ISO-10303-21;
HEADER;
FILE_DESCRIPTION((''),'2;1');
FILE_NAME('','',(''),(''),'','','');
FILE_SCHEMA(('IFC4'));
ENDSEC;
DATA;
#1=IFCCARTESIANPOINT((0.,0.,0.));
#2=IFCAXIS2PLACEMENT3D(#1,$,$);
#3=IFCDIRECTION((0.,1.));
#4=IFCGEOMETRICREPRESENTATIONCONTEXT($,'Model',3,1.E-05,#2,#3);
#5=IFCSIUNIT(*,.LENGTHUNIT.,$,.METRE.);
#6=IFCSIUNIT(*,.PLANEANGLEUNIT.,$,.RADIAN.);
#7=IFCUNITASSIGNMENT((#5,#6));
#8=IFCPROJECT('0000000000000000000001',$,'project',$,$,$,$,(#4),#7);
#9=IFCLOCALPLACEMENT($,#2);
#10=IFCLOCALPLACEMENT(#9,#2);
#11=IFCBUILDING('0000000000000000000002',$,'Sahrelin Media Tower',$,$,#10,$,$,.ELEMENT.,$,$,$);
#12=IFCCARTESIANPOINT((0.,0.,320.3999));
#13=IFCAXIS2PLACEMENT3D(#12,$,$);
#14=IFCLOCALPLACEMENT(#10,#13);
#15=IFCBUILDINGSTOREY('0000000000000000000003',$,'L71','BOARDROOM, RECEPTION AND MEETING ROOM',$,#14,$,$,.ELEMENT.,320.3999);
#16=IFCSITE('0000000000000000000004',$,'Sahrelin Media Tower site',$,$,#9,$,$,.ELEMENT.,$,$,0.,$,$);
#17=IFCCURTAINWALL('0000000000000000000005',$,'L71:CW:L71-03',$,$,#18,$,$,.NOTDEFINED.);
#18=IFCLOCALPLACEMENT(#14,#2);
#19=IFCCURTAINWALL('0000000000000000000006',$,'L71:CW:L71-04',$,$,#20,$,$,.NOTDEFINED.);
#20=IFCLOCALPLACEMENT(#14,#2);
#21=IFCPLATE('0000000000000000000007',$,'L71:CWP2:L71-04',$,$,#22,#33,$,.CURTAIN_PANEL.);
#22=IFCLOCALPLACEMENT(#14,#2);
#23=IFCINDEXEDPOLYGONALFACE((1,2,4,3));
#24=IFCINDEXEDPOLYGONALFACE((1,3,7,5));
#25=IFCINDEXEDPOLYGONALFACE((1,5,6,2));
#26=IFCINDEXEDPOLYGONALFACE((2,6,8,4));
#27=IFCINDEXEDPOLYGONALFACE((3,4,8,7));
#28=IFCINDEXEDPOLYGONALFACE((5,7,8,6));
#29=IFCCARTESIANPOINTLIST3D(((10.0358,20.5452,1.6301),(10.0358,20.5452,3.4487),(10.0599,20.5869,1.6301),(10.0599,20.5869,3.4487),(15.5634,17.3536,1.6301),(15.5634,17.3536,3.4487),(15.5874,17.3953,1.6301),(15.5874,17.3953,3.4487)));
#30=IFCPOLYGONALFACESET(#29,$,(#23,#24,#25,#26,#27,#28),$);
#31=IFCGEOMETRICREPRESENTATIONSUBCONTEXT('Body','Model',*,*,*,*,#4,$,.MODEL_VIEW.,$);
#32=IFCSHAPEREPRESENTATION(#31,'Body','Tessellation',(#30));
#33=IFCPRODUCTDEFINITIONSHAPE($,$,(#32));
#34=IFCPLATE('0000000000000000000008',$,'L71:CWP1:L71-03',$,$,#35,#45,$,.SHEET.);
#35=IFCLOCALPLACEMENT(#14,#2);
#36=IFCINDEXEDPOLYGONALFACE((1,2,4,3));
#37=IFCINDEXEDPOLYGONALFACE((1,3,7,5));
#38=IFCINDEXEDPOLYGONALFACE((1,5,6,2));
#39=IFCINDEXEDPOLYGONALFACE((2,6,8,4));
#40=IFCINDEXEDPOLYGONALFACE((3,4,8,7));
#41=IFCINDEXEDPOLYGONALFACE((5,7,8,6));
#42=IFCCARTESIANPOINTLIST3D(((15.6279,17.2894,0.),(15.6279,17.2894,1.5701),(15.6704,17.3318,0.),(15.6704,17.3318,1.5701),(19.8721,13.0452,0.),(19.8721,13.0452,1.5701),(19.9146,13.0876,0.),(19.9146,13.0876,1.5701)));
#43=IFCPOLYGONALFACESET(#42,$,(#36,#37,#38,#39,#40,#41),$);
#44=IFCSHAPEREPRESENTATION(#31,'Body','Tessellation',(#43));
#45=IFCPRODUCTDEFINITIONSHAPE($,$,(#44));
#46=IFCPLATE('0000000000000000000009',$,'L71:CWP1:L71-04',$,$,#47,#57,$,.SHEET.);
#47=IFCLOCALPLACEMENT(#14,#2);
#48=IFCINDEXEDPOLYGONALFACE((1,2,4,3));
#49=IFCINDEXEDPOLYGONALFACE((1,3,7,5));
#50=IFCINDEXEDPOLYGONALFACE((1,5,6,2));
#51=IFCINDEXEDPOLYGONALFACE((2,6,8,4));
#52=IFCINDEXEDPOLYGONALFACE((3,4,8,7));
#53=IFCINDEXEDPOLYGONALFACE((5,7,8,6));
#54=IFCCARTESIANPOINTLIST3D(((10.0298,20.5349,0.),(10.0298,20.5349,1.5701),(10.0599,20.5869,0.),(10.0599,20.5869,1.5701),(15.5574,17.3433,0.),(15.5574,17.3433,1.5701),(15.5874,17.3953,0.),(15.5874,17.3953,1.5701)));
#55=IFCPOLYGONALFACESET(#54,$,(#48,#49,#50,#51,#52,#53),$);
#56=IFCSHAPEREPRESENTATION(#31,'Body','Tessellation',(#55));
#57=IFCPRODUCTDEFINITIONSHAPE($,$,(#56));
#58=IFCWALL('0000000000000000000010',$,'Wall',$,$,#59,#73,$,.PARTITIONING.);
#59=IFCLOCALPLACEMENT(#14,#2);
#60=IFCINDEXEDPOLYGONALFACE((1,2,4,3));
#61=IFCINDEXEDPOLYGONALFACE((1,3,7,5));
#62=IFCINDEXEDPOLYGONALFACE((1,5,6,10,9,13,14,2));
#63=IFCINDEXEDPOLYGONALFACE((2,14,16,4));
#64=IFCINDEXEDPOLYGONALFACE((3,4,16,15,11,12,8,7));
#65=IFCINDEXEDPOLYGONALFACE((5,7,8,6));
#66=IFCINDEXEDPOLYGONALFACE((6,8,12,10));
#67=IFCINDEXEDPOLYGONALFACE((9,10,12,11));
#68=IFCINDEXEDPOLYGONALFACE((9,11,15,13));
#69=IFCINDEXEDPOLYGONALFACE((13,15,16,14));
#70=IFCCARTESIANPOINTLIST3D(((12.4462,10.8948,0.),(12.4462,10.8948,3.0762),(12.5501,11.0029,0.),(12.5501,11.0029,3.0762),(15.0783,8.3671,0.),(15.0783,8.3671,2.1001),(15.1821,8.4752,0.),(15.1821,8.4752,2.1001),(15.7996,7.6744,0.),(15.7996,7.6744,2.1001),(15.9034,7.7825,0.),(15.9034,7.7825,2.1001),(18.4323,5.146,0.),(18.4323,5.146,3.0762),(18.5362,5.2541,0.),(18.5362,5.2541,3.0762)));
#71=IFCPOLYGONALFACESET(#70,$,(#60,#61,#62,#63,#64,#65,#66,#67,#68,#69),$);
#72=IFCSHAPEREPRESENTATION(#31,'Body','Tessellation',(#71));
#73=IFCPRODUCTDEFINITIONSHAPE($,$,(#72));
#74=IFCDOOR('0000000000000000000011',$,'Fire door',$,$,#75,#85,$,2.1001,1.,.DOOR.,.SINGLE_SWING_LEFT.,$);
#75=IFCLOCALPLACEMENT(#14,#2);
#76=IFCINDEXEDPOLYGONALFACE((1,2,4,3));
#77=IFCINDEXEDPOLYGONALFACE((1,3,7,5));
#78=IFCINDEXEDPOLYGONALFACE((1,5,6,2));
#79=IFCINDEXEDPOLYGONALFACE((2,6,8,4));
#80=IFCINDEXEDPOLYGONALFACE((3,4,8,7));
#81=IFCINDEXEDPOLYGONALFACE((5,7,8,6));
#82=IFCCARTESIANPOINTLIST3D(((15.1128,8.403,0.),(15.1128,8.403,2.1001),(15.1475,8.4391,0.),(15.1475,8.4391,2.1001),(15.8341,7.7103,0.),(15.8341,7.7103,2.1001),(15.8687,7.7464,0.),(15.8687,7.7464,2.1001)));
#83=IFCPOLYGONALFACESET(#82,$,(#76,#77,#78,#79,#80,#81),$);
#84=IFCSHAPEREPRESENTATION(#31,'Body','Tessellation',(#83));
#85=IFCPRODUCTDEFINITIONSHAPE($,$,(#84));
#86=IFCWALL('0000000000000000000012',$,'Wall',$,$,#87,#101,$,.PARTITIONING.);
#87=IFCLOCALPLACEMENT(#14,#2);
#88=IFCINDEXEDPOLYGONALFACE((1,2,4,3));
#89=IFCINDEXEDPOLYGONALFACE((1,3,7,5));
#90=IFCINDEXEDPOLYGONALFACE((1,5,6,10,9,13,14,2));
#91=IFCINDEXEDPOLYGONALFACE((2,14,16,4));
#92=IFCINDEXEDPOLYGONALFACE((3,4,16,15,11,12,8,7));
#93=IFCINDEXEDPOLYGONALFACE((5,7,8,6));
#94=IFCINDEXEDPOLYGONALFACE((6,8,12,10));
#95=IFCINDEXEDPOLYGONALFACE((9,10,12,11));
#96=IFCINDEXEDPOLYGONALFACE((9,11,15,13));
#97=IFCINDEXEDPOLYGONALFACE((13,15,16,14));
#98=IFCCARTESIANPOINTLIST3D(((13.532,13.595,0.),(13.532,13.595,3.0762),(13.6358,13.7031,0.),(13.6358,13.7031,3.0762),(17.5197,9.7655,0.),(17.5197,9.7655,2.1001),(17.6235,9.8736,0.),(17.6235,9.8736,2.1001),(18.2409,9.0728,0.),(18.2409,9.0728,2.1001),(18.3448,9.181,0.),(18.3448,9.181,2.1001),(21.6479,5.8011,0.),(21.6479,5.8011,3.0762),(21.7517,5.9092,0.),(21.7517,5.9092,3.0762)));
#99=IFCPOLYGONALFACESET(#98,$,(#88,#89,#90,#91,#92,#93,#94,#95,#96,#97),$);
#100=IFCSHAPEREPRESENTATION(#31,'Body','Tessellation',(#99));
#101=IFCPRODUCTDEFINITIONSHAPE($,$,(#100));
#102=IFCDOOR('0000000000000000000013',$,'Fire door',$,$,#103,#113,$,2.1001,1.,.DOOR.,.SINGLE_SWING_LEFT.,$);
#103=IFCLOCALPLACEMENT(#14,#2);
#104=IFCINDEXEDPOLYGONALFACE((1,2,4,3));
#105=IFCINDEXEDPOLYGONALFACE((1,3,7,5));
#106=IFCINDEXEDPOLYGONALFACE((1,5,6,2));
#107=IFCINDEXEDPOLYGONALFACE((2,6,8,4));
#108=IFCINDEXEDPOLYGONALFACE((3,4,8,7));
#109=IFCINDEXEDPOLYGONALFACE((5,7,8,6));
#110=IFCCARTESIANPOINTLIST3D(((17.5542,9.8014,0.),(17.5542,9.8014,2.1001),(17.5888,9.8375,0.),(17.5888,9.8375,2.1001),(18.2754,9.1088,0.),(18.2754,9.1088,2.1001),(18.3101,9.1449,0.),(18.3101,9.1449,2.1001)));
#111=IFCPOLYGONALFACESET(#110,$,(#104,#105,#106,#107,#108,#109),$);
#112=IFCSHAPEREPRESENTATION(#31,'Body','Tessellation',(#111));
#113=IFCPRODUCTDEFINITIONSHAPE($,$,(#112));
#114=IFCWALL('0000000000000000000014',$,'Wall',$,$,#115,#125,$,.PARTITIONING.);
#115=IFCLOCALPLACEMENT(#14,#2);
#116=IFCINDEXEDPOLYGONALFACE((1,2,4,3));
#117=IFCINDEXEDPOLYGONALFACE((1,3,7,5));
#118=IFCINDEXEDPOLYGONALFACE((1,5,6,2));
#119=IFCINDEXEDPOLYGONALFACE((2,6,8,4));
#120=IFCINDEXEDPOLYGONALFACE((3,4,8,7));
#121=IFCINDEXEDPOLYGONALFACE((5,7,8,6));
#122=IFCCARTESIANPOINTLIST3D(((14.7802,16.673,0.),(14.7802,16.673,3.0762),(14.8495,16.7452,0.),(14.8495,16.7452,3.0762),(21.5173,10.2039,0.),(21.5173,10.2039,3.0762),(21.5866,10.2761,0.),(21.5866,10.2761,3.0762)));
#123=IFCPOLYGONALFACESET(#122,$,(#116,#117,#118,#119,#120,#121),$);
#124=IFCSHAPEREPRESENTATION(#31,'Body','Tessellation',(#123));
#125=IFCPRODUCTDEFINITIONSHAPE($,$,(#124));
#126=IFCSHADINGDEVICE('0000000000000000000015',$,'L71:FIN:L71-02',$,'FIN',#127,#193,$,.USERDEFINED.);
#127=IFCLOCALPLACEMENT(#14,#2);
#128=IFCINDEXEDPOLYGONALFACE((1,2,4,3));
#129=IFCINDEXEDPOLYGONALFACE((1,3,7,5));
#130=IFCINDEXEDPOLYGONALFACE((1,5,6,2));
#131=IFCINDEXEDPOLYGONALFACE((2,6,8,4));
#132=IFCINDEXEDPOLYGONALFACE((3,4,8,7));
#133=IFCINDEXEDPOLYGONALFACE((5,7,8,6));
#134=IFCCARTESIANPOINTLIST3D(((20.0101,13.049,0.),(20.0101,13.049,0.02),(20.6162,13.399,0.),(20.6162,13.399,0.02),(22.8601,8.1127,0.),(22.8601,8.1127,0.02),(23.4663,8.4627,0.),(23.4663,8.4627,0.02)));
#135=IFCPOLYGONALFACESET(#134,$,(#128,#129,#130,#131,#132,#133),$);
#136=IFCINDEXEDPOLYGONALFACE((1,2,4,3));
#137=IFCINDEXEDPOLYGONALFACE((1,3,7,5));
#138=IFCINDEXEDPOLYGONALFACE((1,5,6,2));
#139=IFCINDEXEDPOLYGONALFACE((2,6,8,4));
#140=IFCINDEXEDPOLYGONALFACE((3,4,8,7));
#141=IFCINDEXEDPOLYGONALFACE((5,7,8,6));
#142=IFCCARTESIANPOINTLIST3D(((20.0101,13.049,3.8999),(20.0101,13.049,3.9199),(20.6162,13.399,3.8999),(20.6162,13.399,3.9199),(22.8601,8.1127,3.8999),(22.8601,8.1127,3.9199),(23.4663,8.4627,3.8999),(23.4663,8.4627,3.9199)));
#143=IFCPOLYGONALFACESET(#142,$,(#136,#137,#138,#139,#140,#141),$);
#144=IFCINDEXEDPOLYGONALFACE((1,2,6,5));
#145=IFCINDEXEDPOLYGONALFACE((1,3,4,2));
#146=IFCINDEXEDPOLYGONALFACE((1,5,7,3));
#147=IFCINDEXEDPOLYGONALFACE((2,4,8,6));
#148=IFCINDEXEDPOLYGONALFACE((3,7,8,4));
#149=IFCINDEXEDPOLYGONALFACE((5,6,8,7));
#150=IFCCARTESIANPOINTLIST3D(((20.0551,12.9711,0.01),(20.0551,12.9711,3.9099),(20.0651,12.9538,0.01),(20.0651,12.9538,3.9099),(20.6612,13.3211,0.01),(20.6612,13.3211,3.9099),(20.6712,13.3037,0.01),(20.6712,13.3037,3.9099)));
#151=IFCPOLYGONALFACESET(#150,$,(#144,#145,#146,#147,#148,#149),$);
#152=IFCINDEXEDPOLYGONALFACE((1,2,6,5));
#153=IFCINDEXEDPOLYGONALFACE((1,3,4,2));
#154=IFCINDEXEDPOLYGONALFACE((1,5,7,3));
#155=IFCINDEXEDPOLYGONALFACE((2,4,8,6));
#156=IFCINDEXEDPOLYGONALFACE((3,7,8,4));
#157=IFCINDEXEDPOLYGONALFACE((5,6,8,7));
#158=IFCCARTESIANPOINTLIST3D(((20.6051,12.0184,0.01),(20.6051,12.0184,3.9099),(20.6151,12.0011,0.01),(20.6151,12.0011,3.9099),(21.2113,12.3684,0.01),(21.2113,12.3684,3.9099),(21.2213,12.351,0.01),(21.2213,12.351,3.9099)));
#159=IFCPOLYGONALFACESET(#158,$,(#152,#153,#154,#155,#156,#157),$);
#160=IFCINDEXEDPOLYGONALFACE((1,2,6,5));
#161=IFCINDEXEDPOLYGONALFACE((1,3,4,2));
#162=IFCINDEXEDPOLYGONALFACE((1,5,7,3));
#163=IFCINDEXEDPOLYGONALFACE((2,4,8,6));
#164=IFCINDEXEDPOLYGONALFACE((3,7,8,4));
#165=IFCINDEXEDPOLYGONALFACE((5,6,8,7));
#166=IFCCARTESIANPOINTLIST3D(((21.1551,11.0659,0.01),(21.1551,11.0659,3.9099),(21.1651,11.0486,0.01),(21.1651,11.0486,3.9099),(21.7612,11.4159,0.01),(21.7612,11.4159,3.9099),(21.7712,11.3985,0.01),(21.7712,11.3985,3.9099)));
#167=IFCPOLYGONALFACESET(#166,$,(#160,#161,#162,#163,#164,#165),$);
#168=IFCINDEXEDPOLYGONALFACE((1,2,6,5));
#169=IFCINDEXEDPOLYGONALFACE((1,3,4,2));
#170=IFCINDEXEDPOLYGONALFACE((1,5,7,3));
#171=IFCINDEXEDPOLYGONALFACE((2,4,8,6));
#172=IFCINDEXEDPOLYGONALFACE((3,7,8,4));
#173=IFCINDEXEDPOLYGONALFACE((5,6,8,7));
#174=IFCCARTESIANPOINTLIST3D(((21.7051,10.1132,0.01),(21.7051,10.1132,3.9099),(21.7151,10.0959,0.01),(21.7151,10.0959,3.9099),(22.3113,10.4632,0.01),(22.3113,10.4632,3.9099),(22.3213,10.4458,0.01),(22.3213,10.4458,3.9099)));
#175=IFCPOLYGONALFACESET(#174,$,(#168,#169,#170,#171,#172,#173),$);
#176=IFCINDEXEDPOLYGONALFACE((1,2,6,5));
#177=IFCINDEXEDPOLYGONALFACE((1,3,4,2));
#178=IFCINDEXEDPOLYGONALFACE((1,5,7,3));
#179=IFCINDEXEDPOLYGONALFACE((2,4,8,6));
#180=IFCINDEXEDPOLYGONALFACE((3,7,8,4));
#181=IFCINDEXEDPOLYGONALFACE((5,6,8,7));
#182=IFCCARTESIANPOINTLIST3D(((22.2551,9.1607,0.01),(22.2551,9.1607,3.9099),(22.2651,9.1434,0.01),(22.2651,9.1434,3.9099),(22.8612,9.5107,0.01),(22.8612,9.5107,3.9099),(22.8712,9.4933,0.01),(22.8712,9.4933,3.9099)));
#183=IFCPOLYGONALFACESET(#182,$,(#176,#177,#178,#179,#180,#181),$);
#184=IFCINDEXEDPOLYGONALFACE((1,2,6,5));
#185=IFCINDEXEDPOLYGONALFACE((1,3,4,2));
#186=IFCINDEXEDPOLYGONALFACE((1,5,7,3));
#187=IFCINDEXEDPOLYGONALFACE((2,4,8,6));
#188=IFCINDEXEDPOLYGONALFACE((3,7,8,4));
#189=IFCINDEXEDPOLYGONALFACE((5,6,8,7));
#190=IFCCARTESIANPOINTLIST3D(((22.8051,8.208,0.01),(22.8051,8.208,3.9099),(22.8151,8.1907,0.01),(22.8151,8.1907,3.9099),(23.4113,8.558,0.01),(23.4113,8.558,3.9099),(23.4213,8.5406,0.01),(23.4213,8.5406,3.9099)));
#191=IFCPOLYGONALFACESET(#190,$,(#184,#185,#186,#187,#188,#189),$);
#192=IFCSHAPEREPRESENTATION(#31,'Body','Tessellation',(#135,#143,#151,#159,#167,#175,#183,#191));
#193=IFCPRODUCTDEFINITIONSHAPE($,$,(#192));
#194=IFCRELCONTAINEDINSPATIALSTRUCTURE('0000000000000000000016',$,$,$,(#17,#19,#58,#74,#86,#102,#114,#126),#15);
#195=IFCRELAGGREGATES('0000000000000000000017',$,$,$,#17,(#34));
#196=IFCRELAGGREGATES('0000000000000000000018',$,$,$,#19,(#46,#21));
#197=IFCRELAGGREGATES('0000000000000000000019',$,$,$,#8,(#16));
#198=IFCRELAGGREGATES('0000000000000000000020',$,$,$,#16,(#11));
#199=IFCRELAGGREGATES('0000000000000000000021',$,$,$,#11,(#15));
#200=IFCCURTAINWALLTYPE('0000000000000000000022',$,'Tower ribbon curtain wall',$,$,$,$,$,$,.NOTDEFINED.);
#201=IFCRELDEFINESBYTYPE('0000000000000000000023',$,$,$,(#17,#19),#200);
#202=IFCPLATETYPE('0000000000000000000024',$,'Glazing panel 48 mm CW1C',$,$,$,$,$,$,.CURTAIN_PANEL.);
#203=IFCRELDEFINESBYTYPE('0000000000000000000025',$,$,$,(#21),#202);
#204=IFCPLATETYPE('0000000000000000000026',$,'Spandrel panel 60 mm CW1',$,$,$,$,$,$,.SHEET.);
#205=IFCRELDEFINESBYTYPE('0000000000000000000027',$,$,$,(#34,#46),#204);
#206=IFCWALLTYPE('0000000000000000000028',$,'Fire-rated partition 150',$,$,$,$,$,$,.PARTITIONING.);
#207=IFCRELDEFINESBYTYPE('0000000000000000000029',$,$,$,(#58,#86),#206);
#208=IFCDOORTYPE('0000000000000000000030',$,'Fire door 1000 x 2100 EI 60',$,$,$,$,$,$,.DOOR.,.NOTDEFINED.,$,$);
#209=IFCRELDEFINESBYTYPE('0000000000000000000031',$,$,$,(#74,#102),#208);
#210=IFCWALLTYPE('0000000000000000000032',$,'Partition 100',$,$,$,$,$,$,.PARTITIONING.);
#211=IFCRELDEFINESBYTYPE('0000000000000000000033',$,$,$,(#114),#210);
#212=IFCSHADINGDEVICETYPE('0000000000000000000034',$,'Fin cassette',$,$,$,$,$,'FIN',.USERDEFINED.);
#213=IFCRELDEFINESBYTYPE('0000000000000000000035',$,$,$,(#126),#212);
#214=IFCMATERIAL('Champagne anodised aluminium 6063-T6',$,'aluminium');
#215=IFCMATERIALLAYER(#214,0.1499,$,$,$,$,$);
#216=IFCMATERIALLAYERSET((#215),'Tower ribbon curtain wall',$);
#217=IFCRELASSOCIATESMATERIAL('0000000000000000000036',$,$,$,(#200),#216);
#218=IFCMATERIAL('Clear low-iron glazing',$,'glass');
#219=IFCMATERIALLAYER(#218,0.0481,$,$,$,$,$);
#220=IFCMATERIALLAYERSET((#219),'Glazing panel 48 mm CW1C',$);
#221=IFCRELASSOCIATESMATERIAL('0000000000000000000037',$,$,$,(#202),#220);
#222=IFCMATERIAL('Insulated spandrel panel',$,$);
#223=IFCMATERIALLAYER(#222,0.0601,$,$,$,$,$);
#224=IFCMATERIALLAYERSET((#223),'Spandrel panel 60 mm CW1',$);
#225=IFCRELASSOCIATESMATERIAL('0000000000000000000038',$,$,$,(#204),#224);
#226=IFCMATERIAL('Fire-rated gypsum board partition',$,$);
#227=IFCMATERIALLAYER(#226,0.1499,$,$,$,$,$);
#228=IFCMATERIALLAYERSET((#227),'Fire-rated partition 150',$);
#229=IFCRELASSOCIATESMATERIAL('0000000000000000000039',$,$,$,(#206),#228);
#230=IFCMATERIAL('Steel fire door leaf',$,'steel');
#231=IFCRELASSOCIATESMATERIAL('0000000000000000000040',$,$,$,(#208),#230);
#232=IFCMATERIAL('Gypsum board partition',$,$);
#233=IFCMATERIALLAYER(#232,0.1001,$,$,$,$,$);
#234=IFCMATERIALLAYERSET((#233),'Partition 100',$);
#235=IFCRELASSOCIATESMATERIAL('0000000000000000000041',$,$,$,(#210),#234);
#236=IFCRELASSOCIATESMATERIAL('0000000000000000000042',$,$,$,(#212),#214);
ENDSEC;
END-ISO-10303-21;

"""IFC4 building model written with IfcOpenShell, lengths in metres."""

from ifc_helpers import new_model, si_unit, direction, frame, frame_2d, origin, origin_2d, place, context, subcontext, project, spatial, polyline, rectangle, outline, extrude, material, layer, layer_set, type_object, element, fill, aggregate, save


model = new_model("IFC4")

# Units and contexts
model_context = context("Model", 3, precision=1e-05, world=origin(), true_north=direction((0.0, 1.0)))
body_context = subcontext(model_context, "Body", "Model", "MODEL_VIEW")
ifc_project = project(units=[si_unit("LENGTHUNIT", "METRE"), si_unit("PLANEANGLEUNIT", "RADIAN")], contexts=[model_context])

# Site, building, storey
site_placement = place(None, origin())
site = spatial("IfcSite", under=ifc_project, at=site_placement, Name="Sahrelin Media Tower site", CompositionType="ELEMENT", RefElevation=0.0)
building_placement = place(site_placement, origin())
building = spatial("IfcBuilding", under=site, at=building_placement, Name="Sahrelin Media Tower", CompositionType="ELEMENT")
storey_placement = place(building_placement, frame((0.0, 0.0, 320.3999)))
storey = spatial("IfcBuildingStorey", under=building, at=storey_placement, Name="L71", Description="BOARDROOM, RECEPTION AND MEETING ROOM", CompositionType="ELEMENT", Elevation=320.3999)

# Curtain walls
ifc_material_1 = material(Name="Champagne anodised aluminium 6063-T6", Category="aluminium")
ifc_layer_1 = layer(ifc_material_1, 0.1499)
ifc_layer_set_1 = layer_set([ifc_layer_1], Name="Tower ribbon curtain wall")
curtain_wall_type = type_object("IfcCurtainWallType", Name="Tower ribbon curtain wall", PredefinedType="NOTDEFINED", material=ifc_layer_set_1)
curtain_wall_1_placement = place(storey_placement, frame((17.7783, 15.1956, 0.0), z_axis=(0.0, 0.0, 1.0), x_axis=(1.0, 0.0, 0.0)))
curtain_wall_1 = element("IfcCurtainWall", 1, at=curtain_wall_1_placement, inside=storey, type_object=curtain_wall_type, Name="L71:CW:L71-03", PredefinedType="NOTDEFINED")
curtain_wall_2_placement = place(storey_placement, frame((12.8137, 18.9739, 0.0), z_axis=(0.0, 0.0, 1.0), x_axis=(1.0, 0.0, 0.0)))
curtain_wall_2 = element("IfcCurtainWall", 2, at=curtain_wall_2_placement, inside=storey, type_object=curtain_wall_type, Name="L71:CW:L71-04", PredefinedType="NOTDEFINED")

# Plates
ifc_material_2 = material(Name="Clear low-iron glazing", Category="glass")
ifc_layer_2 = layer(ifc_material_2, 0.0481)
ifc_layer_set_2 = layer_set([ifc_layer_2], Name="Glazing panel 48 mm CW1C")
plate_type_1 = type_object("IfcPlateType", Name="Glazing panel 48 mm CW1C", PredefinedType="CURTAIN_PANEL", material=ifc_layer_set_2)
plate_1_placement = place(storey_placement, frame((15.5874, 17.3953, 1.6301), z_axis=(0.500035, 0.866005, 0.0), x_axis=(-0.866005, 0.500035, 0.0)))
plate_1 = element("IfcPlate", 3, at=plate_1_placement, type_object=plate_type_1, Name="L71:CWP2:L71-04", PredefinedType="CURTAIN_PANEL", context=body_context, shape_type="SweptSolid", body=[
    extrude(outline(polyline([(0.0, 0.0), (6.3828, 0.0), (6.3828, 1.8186), (0.0, 1.8186), (0.0, 0.0)])), origin(), (0.0, 0.0, -1.0), 0.0481),
])
ifc_material_3 = material(Name="Insulated spandrel panel")
ifc_layer_3 = layer(ifc_material_3, 0.0601)
ifc_layer_set_3 = layer_set([ifc_layer_3], Name="Spandrel panel 60 mm CW1")
plate_type_2 = type_object("IfcPlateType", Name="Spandrel panel 60 mm CW1", PredefinedType="SHEET", material=ifc_layer_set_3)
plate_2_placement = place(storey_placement, frame((19.9146, 13.0876, 0.0), z_axis=(0.707107, 0.707107, 0.0), x_axis=(-0.707107, 0.707107, 0.0)))
plate_2 = element("IfcPlate", 4, at=plate_2_placement, type_object=plate_type_2, Name="L71:CWP1:L71-03", PredefinedType="SHEET", context=body_context, shape_type="SweptSolid", body=[
    extrude(outline(polyline([(0.0, 0.0), (6.0022, 0.0), (6.0022, 1.5701), (0.0, 1.5701), (0.0, 0.0)])), origin(), (0.0, 0.0, -1.0), 0.0601),
])
aggregate(curtain_wall_1, [plate_2])
plate_3_placement = place(storey_placement, frame((15.5874, 17.3953, 0.0), z_axis=(0.500035, 0.866005, 0.0), x_axis=(-0.866005, 0.500035, 0.0)))
plate_3 = element("IfcPlate", 5, at=plate_3_placement, type_object=plate_type_2, Name="L71:CWP1:L71-04", PredefinedType="SHEET", context=body_context, shape_type="SweptSolid", body=[
    extrude(outline(polyline([(0.0, 0.0), (6.3828, 0.0), (6.3828, 1.5701), (0.0, 1.5701), (0.0, 0.0)])), origin(), (0.0, 0.0, -1.0), 0.0601),
])
aggregate(curtain_wall_2, [plate_3, plate_1])

# Walls, openings, doors
ifc_material_4 = material(Name="Fire-rated gypsum board partition")
ifc_layer_4 = layer(ifc_material_4, 0.1499)
ifc_layer_set_4 = layer_set([ifc_layer_4], Name="Fire-rated partition 150")
wall_type_1 = type_object("IfcWallType", Name="Fire-rated partition 150", PredefinedType="PARTITIONING", material=ifc_layer_set_4)
wall_1_placement = place(storey_placement, frame((12.498, 10.949, 0.0), z_axis=(0.0, 0.0, 1.0), x_axis=(0.721259, -0.692666, 0.0)))
wall_1 = element("IfcWall", 6, at=wall_1_placement, inside=storey, type_object=wall_type_1, Name="Wall", PredefinedType="PARTITIONING", context=body_context, shape_type="SweptSolid", body=[
    extrude(rectangle(XDim=8.2996, YDim=0.1499, at=frame_2d((4.1499, 0.0))), origin(), (0.0, 0.0, 1.0), 3.0762),
])
opening_1_placement = place(wall_1_placement, frame((3.6494, 0.0, 0.0)))
opening_1 = element("IfcOpeningElement", 7, at=opening_1_placement, cuts=wall_1, PredefinedType="OPENING", context=body_context, shape_type="SweptSolid", body=[
    extrude(rectangle(XDim=1.0, YDim=2.1001, at=frame_2d((0.5, 1.05))), frame((0.0, 0.075, 0.0), z_axis=(0.0, -1.0, 0.0), x_axis=(1.0, 0.0, 0.0)), (0.0, 0.0, 1.0), 0.1499),
])
ifc_material_5 = material(Name="Steel fire door leaf", Category="steel")
door_type = type_object("IfcDoorType", Name="Fire door 1000 x 2100 EI 60", OperationType="NOTDEFINED", PredefinedType="DOOR", material=ifc_material_5)
door_1_placement = place(opening_1_placement, origin())
door_1 = element("IfcDoor", 8, at=door_1_placement, inside=storey, type_object=door_type, Name="Fire door", OperationType="SINGLE_SWING_LEFT", OverallHeight=2.1001, OverallWidth=1.0, PredefinedType="DOOR", context=body_context, shape_type="SweptSolid", body=[
    extrude(rectangle(XDim=1.0, YDim=2.1001, at=frame_2d((0.5, 1.05))), frame((0.0, 0.0249, 0.0), z_axis=(0.0, -1.0, 0.0), x_axis=(1.0, 0.0, 0.0)), (0.0, 0.0, 1.0), 0.05),
])
fill(opening_1, door_1)
wall_2_placement = place(storey_placement, frame((13.584, 13.6489, 0.0), z_axis=(0.0, 0.0, 1.0), x_axis=(0.721271, -0.692653, 0.0)))
wall_2 = element("IfcWall", 9, at=wall_2_placement, inside=storey, type_object=wall_type_1, Name="Wall", PredefinedType="PARTITIONING", context=body_context, shape_type="SweptSolid", body=[
    extrude(rectangle(XDim=11.2522, YDim=0.1499, at=frame_2d((5.626, 0.0))), origin(), (0.0, 0.0, 1.0), 3.0762),
])
opening_2_placement = place(wall_2_placement, frame((5.5286, 0.0, 0.0)))
opening_2 = element("IfcOpeningElement", 10, at=opening_2_placement, cuts=wall_2, PredefinedType="OPENING", context=body_context, shape_type="SweptSolid", body=[
    extrude(rectangle(XDim=1.0, YDim=2.1001, at=frame_2d((0.5, 1.05))), frame((0.0, 0.075, 0.0), z_axis=(0.0, -1.0, 0.0), x_axis=(1.0, 0.0, 0.0)), (0.0, 0.0, 1.0), 0.1499),
])
door_2_placement = place(opening_2_placement, origin())
door_2 = element("IfcDoor", 11, at=door_2_placement, inside=storey, type_object=door_type, Name="Fire door", OperationType="SINGLE_SWING_LEFT", OverallHeight=2.1001, OverallWidth=1.0, PredefinedType="DOOR", context=body_context, shape_type="SweptSolid", body=[
    extrude(rectangle(XDim=1.0, YDim=2.1001, at=frame_2d((0.5, 1.05))), frame((0.0, 0.0249, 0.0), z_axis=(0.0, -1.0, 0.0), x_axis=(1.0, 0.0, 0.0)), (0.0, 0.0, 1.0), 0.05),
])
fill(opening_2, door_2)

# Wall
ifc_material_6 = material(Name="Gypsum board partition")
ifc_layer_5 = layer(ifc_material_6, 0.1001)
ifc_layer_set_5 = layer_set([ifc_layer_5], Name="Partition 100")
wall_type_2 = type_object("IfcWallType", Name="Partition 100", PredefinedType="PARTITIONING", material=ifc_layer_set_5)
wall_3_placement = place(storey_placement, frame((14.8149, 16.709, 0.0), z_axis=(0.0, 0.0, 1.0), x_axis=(0.721312, -0.692611, 0.0)))
element("IfcWall", 12, at=wall_3_placement, inside=storey, type_object=wall_type_2, Name="Wall", PredefinedType="PARTITIONING", context=body_context, shape_type="SweptSolid", body=[
    extrude(rectangle(XDim=9.3401, YDim=0.1001, at=frame_2d((4.6699, 0.0))), origin(), (0.0, 0.0, 1.0), 3.0762),
])

# Shading device
shading_device_type_1 = type_object("IfcShadingDeviceType", Name="Fin cassette", ElementType="FIN", PredefinedType="USERDEFINED", material=ifc_material_1)
placement_1 = place(storey_placement, frame((21.3745, 10.5459, 0.0), z_axis=(0.0, 0.0, 1.0), x_axis=(0.500011, -0.866019, 0.0)))
element("IfcShadingDevice", 13, at=placement_1, inside=storey, type_object=shading_device_type_1, Name="L71:FIN:L71-02", ObjectType="FIN", PredefinedType="USERDEFINED", context=body_context, shape_type="SweptSolid", body=[
    extrude(rectangle(XDim=5.7, YDim=0.7, at=origin_2d()), frame((0.0, 0.4199, 0.0)), (0.0, 0.0, 1.0), 0.02),
    extrude(rectangle(XDim=5.7, YDim=0.7, at=origin_2d()), frame((0.0, 0.4199, 3.8999)), (0.0, 0.0, 1.0), 0.02),
    extrude(rectangle(XDim=0.02, YDim=0.7, at=origin_2d()), frame((-2.75, 0.4199, 0.01), z_axis=(0.0, 0.0, 1.0), x_axis=(1.0, 0.0, 0.0)), (0.0, 0.0, 1.0), 3.8999),
    extrude(rectangle(XDim=0.02, YDim=0.7, at=origin_2d()), frame((-1.6499, 0.4199, 0.01), z_axis=(0.0, 0.0, 1.0), x_axis=(1.0, 0.0, 0.0)), (0.0, 0.0, 1.0), 3.8999),
    extrude(rectangle(XDim=0.02, YDim=0.7, at=origin_2d()), frame((-0.55, 0.4199, 0.01), z_axis=(0.0, 0.0, 1.0), x_axis=(1.0, 0.0, 0.0)), (0.0, 0.0, 1.0), 3.8999),
    extrude(rectangle(XDim=0.02, YDim=0.7, at=origin_2d()), frame((0.55, 0.4199, 0.01), z_axis=(0.0, 0.0, 1.0), x_axis=(1.0, 0.0, 0.0)), (0.0, 0.0, 1.0), 3.8999),
    extrude(rectangle(XDim=0.02, YDim=0.7, at=origin_2d()), frame((1.6499, 0.4199, 0.01), z_axis=(0.0, 0.0, 1.0), x_axis=(1.0, 0.0, 0.0)), (0.0, 0.0, 1.0), 3.8999),
    extrude(rectangle(XDim=0.02, YDim=0.7, at=origin_2d()), frame((2.75, 0.4199, 0.01), z_axis=(0.0, 0.0, 1.0), x_axis=(1.0, 0.0, 0.0)), (0.0, 0.0, 1.0), 3.8999),
])

save(model, "model.ifc")
